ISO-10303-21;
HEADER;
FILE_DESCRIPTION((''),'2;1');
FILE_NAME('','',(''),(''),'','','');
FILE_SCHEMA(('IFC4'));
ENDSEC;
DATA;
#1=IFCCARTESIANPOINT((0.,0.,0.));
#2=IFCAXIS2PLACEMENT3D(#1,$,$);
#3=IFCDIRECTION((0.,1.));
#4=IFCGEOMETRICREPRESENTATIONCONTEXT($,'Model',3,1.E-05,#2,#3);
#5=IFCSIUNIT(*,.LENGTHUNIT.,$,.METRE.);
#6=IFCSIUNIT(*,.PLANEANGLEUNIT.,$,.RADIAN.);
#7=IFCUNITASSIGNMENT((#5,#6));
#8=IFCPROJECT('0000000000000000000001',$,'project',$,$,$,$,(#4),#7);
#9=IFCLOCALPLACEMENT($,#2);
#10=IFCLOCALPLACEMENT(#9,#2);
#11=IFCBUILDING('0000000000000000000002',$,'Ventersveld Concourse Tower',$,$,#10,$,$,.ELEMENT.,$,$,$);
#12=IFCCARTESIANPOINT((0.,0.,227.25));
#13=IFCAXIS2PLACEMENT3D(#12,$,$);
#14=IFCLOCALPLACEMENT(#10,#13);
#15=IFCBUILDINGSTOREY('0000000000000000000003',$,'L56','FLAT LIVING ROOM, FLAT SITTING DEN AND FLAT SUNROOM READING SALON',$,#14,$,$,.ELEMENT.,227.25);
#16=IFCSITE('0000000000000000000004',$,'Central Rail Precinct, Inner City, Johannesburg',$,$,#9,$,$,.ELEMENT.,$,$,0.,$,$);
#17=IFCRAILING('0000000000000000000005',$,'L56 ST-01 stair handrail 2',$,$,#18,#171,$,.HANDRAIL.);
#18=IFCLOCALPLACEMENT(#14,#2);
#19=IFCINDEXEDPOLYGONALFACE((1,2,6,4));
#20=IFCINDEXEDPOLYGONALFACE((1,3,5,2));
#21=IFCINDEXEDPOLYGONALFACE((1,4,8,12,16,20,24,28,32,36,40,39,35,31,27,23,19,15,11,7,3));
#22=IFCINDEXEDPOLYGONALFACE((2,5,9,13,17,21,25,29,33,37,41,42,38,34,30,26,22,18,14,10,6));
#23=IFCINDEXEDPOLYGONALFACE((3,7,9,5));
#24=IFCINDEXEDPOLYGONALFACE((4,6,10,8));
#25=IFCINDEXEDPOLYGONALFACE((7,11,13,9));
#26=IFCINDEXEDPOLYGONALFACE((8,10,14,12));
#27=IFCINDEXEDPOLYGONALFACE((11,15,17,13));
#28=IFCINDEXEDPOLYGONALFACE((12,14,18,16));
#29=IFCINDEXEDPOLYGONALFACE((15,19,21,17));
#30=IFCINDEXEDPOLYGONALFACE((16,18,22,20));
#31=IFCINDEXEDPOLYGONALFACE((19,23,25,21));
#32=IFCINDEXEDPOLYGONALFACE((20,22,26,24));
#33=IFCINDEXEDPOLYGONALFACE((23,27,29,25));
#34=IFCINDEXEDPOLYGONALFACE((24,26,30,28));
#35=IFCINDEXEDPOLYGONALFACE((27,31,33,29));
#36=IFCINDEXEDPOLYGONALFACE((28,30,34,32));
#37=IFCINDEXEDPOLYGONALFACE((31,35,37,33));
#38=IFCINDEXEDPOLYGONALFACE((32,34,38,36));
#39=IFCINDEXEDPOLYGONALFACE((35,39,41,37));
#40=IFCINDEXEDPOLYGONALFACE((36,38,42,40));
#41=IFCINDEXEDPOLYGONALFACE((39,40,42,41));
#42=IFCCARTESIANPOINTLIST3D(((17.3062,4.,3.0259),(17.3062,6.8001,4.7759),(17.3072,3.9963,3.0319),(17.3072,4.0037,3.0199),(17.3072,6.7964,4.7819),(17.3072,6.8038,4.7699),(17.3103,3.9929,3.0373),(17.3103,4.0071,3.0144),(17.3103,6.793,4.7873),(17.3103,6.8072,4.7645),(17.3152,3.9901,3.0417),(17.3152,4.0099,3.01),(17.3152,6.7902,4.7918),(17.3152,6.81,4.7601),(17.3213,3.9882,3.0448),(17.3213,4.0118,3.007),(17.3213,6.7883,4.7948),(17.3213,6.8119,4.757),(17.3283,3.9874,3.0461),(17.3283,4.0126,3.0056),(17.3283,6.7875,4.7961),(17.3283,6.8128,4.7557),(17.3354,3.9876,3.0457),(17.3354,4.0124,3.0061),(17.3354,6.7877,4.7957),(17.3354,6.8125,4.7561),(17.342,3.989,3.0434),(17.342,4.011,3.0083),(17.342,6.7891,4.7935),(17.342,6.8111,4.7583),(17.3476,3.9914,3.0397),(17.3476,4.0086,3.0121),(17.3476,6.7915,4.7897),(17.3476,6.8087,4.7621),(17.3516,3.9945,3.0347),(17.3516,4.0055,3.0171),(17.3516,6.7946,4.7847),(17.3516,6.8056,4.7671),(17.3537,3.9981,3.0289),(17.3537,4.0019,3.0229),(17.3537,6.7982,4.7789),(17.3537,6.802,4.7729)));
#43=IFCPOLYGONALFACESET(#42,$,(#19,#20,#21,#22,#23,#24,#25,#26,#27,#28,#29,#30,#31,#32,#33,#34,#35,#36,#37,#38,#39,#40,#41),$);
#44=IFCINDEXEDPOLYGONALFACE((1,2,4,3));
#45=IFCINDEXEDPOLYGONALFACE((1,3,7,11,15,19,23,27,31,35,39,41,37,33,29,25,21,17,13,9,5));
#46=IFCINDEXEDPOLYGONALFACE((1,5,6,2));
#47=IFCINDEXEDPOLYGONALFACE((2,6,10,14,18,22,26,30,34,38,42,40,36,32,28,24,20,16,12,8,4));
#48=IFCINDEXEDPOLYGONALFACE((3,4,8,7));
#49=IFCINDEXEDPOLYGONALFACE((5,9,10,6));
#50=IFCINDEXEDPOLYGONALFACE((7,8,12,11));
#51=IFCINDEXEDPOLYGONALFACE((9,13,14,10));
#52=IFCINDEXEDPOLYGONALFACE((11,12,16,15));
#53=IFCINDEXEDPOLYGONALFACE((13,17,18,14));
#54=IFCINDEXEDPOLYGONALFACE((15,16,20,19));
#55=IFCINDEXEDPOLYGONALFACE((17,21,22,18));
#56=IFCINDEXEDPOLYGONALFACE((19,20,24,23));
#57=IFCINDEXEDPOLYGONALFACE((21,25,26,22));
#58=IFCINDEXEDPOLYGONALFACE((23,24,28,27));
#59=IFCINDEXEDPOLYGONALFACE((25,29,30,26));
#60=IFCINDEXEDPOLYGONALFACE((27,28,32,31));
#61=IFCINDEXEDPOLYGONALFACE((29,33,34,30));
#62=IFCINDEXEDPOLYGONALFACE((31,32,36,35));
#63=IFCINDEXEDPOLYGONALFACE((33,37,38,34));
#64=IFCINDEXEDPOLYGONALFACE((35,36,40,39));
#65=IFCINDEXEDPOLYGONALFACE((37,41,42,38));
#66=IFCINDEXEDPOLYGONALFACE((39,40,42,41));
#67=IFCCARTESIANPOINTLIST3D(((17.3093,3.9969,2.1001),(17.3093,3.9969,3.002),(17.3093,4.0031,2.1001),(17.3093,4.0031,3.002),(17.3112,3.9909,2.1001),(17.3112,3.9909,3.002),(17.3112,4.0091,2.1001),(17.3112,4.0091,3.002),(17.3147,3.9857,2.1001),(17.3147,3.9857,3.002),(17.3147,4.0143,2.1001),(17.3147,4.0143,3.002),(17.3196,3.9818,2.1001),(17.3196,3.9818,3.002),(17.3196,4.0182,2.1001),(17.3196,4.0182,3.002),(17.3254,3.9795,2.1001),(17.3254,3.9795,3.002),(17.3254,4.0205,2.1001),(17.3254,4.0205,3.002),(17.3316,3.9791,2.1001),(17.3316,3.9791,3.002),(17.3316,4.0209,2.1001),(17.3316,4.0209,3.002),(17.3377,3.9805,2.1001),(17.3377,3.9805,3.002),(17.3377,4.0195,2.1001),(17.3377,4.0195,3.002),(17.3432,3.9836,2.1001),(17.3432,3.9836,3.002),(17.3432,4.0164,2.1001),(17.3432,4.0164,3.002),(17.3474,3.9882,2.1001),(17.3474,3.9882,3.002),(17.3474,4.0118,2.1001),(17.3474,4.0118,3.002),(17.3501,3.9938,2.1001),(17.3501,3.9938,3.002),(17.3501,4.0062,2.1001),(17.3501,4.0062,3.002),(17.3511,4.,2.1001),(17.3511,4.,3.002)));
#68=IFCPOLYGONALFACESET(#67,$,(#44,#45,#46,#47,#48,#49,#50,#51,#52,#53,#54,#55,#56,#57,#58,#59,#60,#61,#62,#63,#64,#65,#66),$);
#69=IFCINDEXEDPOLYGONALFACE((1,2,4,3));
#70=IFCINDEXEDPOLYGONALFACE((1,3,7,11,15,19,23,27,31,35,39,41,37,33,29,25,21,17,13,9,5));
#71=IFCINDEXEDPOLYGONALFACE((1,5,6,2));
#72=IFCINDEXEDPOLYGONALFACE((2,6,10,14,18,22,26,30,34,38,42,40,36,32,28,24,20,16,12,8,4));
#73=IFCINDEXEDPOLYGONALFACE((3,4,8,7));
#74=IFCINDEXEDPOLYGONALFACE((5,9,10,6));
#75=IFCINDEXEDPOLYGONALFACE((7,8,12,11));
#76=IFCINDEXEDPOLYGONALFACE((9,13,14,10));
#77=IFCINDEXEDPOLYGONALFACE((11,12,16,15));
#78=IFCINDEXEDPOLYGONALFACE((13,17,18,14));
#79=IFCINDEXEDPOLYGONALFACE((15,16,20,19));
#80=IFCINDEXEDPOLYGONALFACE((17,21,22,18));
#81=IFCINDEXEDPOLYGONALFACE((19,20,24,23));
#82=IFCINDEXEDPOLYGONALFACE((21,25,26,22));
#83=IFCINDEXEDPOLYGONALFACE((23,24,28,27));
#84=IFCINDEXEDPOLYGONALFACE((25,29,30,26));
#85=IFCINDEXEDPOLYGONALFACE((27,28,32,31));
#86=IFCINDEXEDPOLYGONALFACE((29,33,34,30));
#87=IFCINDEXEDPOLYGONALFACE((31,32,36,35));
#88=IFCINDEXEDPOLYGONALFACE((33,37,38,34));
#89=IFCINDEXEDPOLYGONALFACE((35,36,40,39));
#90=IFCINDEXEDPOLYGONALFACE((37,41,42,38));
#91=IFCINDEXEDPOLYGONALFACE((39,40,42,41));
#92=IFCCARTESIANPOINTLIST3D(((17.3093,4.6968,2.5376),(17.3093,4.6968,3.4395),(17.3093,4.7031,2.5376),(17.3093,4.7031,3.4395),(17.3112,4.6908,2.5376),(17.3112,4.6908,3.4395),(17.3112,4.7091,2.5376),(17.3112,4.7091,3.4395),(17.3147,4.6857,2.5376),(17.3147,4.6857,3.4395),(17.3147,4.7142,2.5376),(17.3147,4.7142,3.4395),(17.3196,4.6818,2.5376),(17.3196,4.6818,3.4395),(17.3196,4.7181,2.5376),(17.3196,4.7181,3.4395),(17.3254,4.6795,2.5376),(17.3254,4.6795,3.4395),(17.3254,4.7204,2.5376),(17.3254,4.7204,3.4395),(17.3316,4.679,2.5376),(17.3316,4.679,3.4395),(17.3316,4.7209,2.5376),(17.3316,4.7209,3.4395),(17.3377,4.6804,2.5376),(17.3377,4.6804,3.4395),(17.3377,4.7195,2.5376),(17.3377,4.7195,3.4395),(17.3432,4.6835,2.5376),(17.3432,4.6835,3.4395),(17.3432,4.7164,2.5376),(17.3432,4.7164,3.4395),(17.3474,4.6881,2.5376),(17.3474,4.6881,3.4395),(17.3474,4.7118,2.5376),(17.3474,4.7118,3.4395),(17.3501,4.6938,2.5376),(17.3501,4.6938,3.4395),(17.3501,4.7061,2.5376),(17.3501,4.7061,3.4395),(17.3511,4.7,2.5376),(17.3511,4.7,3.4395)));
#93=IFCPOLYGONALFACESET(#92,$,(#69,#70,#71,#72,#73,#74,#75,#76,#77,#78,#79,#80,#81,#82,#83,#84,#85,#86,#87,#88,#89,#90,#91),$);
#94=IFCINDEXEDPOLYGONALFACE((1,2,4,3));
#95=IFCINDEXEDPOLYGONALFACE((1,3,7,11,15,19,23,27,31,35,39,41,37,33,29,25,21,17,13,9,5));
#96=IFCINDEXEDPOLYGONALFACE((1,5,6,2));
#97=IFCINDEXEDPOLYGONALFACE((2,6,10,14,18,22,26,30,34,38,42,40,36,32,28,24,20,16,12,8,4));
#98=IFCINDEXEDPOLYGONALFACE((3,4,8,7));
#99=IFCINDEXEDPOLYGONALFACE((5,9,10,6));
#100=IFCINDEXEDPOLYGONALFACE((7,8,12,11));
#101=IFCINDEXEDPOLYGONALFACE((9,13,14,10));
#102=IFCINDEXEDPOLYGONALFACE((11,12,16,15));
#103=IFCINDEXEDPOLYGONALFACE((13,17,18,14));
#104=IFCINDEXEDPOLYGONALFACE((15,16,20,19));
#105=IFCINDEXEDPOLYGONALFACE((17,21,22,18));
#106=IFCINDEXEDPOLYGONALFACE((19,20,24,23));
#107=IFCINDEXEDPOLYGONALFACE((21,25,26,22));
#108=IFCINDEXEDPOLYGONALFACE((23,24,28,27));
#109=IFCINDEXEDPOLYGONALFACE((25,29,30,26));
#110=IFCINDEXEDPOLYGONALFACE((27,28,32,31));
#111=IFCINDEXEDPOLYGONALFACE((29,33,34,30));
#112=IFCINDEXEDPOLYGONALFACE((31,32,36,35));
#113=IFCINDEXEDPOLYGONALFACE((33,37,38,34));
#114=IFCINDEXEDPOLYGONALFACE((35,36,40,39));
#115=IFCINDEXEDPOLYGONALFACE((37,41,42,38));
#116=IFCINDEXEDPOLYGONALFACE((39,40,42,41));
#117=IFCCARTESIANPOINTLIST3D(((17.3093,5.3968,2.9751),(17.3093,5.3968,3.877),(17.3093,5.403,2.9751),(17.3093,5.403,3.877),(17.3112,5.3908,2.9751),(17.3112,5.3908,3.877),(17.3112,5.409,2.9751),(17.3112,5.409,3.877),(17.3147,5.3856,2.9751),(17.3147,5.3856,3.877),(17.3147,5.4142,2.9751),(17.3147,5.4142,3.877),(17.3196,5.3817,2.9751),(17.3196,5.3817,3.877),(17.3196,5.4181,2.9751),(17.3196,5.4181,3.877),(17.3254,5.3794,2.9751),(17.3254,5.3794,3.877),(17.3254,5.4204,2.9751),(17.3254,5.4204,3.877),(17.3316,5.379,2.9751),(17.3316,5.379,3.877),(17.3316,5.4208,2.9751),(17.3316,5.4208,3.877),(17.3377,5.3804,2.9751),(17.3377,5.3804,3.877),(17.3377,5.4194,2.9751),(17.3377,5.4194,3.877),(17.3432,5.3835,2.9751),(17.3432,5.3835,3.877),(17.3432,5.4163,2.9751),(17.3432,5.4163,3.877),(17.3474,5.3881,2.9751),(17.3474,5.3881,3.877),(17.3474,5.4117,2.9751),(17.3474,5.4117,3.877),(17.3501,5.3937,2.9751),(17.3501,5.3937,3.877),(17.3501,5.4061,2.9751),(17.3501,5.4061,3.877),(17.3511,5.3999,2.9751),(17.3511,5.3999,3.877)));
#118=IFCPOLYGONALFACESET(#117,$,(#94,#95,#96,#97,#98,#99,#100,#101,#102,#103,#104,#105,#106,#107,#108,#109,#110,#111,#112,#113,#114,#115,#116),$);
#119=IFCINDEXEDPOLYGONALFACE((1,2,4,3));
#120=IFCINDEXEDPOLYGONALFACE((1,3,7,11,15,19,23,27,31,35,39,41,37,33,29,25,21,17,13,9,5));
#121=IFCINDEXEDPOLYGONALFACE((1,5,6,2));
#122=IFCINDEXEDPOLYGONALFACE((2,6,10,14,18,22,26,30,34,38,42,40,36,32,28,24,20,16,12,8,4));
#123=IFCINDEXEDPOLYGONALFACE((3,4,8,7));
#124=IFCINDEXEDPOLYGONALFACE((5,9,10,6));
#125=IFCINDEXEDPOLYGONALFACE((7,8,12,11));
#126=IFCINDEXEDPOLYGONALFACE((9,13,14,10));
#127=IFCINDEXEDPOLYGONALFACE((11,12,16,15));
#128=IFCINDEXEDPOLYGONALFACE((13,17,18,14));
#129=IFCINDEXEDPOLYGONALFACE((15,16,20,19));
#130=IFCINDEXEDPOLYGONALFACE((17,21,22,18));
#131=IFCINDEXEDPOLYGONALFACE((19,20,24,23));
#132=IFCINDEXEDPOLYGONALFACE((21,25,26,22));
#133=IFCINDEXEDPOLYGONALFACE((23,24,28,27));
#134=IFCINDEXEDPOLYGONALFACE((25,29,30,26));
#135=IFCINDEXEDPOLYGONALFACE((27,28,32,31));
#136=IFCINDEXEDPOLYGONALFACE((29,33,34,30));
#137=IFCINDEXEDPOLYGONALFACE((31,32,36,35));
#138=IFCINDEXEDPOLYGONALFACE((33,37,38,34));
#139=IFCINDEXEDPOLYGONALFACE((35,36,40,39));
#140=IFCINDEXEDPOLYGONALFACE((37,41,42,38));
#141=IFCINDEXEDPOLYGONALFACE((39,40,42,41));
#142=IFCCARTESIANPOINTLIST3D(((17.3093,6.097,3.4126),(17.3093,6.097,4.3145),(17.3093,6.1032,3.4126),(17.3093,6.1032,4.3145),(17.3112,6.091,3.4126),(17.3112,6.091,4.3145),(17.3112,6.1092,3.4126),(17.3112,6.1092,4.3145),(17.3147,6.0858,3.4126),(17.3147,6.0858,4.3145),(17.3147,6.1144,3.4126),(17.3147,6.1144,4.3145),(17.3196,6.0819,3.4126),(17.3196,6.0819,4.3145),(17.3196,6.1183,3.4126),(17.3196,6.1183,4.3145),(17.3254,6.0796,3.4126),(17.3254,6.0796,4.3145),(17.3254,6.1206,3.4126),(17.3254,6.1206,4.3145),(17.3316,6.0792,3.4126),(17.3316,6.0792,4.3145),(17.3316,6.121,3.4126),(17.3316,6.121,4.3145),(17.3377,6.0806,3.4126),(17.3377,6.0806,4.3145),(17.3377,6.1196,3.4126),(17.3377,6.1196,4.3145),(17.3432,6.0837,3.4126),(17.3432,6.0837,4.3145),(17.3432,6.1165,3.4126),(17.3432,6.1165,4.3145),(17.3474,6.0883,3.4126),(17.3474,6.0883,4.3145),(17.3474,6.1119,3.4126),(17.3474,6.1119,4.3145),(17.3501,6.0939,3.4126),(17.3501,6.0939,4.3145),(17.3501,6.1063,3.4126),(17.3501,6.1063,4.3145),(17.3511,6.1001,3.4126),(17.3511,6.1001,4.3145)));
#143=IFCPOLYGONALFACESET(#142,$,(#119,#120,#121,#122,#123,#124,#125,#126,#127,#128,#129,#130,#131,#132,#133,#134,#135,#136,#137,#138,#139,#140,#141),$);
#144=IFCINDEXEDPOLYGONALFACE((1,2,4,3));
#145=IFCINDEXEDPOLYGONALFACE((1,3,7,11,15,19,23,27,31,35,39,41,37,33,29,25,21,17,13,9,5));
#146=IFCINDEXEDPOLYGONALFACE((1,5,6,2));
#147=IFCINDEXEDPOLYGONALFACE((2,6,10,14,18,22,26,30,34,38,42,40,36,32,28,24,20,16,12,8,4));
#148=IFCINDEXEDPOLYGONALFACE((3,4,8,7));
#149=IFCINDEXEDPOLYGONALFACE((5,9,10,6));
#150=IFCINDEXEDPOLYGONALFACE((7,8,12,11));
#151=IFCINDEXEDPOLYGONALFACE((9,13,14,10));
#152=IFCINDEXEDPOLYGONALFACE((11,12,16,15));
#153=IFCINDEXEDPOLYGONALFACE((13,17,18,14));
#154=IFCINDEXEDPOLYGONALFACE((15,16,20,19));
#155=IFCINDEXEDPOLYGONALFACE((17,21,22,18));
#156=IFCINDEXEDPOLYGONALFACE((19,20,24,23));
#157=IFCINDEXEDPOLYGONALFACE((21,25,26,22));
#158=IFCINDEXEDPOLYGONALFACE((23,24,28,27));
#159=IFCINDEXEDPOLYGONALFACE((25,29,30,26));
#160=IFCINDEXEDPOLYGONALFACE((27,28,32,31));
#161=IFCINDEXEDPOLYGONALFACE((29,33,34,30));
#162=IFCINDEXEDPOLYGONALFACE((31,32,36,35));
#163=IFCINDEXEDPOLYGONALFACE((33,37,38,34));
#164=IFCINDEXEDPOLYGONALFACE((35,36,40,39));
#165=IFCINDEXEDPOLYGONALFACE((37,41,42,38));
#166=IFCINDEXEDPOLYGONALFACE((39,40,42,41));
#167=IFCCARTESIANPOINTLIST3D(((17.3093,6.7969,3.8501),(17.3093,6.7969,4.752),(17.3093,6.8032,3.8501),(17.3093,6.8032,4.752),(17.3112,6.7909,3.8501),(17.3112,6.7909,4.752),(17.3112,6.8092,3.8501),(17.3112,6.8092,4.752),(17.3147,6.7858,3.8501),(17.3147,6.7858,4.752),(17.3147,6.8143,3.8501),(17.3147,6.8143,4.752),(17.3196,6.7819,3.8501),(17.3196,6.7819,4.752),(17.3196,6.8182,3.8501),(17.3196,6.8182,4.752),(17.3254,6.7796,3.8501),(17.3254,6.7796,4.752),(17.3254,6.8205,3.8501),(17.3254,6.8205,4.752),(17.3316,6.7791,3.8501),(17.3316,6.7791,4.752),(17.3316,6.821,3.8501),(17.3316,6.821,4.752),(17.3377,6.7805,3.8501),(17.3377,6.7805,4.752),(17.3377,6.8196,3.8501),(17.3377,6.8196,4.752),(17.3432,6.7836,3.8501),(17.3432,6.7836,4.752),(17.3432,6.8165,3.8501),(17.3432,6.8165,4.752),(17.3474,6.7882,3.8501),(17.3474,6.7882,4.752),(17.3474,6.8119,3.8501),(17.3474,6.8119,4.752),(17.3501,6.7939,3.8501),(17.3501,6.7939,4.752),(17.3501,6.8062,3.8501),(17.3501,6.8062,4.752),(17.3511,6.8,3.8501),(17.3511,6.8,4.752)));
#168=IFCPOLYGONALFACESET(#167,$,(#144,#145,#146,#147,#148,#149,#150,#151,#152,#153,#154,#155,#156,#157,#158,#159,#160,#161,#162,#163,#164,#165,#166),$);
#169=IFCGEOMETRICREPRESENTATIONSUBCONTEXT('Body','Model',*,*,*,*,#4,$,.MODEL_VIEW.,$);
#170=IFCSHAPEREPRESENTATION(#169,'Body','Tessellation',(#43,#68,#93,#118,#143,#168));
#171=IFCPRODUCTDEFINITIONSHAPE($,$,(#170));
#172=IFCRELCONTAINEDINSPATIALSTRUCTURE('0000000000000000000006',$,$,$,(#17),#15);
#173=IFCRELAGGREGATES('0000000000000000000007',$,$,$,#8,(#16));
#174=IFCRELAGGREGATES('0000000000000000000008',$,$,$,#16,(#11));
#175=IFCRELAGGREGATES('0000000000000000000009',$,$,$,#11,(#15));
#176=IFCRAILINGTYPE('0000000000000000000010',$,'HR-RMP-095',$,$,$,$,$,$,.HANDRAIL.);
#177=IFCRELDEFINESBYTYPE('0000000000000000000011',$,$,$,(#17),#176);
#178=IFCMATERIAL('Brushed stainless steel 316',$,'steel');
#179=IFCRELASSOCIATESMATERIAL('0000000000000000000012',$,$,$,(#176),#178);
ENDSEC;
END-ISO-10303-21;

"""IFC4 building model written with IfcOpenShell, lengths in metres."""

from ifc_helpers import new_model, si_unit, direction, frame, origin, origin_2d, place, context, subcontext, project, spatial, circle, extrude, material, type_object, element, save


model = new_model("IFC4")

# Units and contexts
model_context = context("Model", 3, precision=1e-05, world=origin(), true_north=direction((0.0, 1.0)))
body_context = subcontext(model_context, "Body", "Model", "MODEL_VIEW")
ifc_project = project(units=[si_unit("LENGTHUNIT", "METRE"), si_unit("PLANEANGLEUNIT", "RADIAN")], contexts=[model_context])

# Site, building, storey
site_placement = place(None, origin())
site = spatial("IfcSite", under=ifc_project, at=site_placement, Name="Central Rail Precinct, Inner City, Johannesburg", CompositionType="ELEMENT", RefElevation=0.0)
building_placement = place(site_placement, origin())
building = spatial("IfcBuilding", under=site, at=building_placement, Name="Ventersveld Concourse Tower", CompositionType="ELEMENT")
storey_placement = place(building_placement, frame((0.0, 0.0, 227.25)))
storey = spatial("IfcBuildingStorey", under=building, at=storey_placement, Name="L56", Description="FLAT LIVING ROOM, FLAT SITTING DEN AND FLAT SUNROOM READING SALON", CompositionType="ELEMENT", Elevation=227.25)

# Shared definitions
ifc_material_1 = material(Name="Brushed stainless steel 316", Category="steel")

# Railing
railing_type_1 = type_object("IfcRailingType", Name="HR-RMP-095", PredefinedType="HANDRAIL", material=ifc_material_1)
railing_1_placement = place(storey_placement, frame((17.3301, 4.0, 2.1001)))
element("IfcRailing", 1, at=railing_1_placement, inside=storey, type_object=railing_type_1, Name="L56 ST-01 stair handrail 2", PredefinedType="HANDRAIL", context=body_context, shape_type="SweptSolid", body=[
    extrude(circle(Radius=0.0239, at=origin_2d()), frame((0.0, 0.0, 0.9258), z_axis=(0.0, 0.848002, 0.529992), x_axis=(-1.0, 0.0, 0.0)), (0.0, 0.0, 1.0), 3.302),
    extrude(circle(Radius=0.021, at=origin_2d()), origin(), (0.0, 0.0, 1.0), 0.9019),
    extrude(circle(Radius=0.021, at=origin_2d()), frame((0.0, 0.7, 0.4375)), (0.0, 0.0, 1.0), 0.9019),
    extrude(circle(Radius=0.021, at=origin_2d()), frame((0.0, 1.3999, 0.875)), (0.0, 0.0, 1.0), 0.9019),
    extrude(circle(Radius=0.021, at=origin_2d()), frame((0.0, 2.1001, 1.3125)), (0.0, 0.0, 1.0), 0.9019),
    extrude(circle(Radius=0.021, at=origin_2d()), frame((0.0, 2.8, 1.75)), (0.0, 0.0, 1.0), 0.9019),
])

save(model, "model.ifc")
